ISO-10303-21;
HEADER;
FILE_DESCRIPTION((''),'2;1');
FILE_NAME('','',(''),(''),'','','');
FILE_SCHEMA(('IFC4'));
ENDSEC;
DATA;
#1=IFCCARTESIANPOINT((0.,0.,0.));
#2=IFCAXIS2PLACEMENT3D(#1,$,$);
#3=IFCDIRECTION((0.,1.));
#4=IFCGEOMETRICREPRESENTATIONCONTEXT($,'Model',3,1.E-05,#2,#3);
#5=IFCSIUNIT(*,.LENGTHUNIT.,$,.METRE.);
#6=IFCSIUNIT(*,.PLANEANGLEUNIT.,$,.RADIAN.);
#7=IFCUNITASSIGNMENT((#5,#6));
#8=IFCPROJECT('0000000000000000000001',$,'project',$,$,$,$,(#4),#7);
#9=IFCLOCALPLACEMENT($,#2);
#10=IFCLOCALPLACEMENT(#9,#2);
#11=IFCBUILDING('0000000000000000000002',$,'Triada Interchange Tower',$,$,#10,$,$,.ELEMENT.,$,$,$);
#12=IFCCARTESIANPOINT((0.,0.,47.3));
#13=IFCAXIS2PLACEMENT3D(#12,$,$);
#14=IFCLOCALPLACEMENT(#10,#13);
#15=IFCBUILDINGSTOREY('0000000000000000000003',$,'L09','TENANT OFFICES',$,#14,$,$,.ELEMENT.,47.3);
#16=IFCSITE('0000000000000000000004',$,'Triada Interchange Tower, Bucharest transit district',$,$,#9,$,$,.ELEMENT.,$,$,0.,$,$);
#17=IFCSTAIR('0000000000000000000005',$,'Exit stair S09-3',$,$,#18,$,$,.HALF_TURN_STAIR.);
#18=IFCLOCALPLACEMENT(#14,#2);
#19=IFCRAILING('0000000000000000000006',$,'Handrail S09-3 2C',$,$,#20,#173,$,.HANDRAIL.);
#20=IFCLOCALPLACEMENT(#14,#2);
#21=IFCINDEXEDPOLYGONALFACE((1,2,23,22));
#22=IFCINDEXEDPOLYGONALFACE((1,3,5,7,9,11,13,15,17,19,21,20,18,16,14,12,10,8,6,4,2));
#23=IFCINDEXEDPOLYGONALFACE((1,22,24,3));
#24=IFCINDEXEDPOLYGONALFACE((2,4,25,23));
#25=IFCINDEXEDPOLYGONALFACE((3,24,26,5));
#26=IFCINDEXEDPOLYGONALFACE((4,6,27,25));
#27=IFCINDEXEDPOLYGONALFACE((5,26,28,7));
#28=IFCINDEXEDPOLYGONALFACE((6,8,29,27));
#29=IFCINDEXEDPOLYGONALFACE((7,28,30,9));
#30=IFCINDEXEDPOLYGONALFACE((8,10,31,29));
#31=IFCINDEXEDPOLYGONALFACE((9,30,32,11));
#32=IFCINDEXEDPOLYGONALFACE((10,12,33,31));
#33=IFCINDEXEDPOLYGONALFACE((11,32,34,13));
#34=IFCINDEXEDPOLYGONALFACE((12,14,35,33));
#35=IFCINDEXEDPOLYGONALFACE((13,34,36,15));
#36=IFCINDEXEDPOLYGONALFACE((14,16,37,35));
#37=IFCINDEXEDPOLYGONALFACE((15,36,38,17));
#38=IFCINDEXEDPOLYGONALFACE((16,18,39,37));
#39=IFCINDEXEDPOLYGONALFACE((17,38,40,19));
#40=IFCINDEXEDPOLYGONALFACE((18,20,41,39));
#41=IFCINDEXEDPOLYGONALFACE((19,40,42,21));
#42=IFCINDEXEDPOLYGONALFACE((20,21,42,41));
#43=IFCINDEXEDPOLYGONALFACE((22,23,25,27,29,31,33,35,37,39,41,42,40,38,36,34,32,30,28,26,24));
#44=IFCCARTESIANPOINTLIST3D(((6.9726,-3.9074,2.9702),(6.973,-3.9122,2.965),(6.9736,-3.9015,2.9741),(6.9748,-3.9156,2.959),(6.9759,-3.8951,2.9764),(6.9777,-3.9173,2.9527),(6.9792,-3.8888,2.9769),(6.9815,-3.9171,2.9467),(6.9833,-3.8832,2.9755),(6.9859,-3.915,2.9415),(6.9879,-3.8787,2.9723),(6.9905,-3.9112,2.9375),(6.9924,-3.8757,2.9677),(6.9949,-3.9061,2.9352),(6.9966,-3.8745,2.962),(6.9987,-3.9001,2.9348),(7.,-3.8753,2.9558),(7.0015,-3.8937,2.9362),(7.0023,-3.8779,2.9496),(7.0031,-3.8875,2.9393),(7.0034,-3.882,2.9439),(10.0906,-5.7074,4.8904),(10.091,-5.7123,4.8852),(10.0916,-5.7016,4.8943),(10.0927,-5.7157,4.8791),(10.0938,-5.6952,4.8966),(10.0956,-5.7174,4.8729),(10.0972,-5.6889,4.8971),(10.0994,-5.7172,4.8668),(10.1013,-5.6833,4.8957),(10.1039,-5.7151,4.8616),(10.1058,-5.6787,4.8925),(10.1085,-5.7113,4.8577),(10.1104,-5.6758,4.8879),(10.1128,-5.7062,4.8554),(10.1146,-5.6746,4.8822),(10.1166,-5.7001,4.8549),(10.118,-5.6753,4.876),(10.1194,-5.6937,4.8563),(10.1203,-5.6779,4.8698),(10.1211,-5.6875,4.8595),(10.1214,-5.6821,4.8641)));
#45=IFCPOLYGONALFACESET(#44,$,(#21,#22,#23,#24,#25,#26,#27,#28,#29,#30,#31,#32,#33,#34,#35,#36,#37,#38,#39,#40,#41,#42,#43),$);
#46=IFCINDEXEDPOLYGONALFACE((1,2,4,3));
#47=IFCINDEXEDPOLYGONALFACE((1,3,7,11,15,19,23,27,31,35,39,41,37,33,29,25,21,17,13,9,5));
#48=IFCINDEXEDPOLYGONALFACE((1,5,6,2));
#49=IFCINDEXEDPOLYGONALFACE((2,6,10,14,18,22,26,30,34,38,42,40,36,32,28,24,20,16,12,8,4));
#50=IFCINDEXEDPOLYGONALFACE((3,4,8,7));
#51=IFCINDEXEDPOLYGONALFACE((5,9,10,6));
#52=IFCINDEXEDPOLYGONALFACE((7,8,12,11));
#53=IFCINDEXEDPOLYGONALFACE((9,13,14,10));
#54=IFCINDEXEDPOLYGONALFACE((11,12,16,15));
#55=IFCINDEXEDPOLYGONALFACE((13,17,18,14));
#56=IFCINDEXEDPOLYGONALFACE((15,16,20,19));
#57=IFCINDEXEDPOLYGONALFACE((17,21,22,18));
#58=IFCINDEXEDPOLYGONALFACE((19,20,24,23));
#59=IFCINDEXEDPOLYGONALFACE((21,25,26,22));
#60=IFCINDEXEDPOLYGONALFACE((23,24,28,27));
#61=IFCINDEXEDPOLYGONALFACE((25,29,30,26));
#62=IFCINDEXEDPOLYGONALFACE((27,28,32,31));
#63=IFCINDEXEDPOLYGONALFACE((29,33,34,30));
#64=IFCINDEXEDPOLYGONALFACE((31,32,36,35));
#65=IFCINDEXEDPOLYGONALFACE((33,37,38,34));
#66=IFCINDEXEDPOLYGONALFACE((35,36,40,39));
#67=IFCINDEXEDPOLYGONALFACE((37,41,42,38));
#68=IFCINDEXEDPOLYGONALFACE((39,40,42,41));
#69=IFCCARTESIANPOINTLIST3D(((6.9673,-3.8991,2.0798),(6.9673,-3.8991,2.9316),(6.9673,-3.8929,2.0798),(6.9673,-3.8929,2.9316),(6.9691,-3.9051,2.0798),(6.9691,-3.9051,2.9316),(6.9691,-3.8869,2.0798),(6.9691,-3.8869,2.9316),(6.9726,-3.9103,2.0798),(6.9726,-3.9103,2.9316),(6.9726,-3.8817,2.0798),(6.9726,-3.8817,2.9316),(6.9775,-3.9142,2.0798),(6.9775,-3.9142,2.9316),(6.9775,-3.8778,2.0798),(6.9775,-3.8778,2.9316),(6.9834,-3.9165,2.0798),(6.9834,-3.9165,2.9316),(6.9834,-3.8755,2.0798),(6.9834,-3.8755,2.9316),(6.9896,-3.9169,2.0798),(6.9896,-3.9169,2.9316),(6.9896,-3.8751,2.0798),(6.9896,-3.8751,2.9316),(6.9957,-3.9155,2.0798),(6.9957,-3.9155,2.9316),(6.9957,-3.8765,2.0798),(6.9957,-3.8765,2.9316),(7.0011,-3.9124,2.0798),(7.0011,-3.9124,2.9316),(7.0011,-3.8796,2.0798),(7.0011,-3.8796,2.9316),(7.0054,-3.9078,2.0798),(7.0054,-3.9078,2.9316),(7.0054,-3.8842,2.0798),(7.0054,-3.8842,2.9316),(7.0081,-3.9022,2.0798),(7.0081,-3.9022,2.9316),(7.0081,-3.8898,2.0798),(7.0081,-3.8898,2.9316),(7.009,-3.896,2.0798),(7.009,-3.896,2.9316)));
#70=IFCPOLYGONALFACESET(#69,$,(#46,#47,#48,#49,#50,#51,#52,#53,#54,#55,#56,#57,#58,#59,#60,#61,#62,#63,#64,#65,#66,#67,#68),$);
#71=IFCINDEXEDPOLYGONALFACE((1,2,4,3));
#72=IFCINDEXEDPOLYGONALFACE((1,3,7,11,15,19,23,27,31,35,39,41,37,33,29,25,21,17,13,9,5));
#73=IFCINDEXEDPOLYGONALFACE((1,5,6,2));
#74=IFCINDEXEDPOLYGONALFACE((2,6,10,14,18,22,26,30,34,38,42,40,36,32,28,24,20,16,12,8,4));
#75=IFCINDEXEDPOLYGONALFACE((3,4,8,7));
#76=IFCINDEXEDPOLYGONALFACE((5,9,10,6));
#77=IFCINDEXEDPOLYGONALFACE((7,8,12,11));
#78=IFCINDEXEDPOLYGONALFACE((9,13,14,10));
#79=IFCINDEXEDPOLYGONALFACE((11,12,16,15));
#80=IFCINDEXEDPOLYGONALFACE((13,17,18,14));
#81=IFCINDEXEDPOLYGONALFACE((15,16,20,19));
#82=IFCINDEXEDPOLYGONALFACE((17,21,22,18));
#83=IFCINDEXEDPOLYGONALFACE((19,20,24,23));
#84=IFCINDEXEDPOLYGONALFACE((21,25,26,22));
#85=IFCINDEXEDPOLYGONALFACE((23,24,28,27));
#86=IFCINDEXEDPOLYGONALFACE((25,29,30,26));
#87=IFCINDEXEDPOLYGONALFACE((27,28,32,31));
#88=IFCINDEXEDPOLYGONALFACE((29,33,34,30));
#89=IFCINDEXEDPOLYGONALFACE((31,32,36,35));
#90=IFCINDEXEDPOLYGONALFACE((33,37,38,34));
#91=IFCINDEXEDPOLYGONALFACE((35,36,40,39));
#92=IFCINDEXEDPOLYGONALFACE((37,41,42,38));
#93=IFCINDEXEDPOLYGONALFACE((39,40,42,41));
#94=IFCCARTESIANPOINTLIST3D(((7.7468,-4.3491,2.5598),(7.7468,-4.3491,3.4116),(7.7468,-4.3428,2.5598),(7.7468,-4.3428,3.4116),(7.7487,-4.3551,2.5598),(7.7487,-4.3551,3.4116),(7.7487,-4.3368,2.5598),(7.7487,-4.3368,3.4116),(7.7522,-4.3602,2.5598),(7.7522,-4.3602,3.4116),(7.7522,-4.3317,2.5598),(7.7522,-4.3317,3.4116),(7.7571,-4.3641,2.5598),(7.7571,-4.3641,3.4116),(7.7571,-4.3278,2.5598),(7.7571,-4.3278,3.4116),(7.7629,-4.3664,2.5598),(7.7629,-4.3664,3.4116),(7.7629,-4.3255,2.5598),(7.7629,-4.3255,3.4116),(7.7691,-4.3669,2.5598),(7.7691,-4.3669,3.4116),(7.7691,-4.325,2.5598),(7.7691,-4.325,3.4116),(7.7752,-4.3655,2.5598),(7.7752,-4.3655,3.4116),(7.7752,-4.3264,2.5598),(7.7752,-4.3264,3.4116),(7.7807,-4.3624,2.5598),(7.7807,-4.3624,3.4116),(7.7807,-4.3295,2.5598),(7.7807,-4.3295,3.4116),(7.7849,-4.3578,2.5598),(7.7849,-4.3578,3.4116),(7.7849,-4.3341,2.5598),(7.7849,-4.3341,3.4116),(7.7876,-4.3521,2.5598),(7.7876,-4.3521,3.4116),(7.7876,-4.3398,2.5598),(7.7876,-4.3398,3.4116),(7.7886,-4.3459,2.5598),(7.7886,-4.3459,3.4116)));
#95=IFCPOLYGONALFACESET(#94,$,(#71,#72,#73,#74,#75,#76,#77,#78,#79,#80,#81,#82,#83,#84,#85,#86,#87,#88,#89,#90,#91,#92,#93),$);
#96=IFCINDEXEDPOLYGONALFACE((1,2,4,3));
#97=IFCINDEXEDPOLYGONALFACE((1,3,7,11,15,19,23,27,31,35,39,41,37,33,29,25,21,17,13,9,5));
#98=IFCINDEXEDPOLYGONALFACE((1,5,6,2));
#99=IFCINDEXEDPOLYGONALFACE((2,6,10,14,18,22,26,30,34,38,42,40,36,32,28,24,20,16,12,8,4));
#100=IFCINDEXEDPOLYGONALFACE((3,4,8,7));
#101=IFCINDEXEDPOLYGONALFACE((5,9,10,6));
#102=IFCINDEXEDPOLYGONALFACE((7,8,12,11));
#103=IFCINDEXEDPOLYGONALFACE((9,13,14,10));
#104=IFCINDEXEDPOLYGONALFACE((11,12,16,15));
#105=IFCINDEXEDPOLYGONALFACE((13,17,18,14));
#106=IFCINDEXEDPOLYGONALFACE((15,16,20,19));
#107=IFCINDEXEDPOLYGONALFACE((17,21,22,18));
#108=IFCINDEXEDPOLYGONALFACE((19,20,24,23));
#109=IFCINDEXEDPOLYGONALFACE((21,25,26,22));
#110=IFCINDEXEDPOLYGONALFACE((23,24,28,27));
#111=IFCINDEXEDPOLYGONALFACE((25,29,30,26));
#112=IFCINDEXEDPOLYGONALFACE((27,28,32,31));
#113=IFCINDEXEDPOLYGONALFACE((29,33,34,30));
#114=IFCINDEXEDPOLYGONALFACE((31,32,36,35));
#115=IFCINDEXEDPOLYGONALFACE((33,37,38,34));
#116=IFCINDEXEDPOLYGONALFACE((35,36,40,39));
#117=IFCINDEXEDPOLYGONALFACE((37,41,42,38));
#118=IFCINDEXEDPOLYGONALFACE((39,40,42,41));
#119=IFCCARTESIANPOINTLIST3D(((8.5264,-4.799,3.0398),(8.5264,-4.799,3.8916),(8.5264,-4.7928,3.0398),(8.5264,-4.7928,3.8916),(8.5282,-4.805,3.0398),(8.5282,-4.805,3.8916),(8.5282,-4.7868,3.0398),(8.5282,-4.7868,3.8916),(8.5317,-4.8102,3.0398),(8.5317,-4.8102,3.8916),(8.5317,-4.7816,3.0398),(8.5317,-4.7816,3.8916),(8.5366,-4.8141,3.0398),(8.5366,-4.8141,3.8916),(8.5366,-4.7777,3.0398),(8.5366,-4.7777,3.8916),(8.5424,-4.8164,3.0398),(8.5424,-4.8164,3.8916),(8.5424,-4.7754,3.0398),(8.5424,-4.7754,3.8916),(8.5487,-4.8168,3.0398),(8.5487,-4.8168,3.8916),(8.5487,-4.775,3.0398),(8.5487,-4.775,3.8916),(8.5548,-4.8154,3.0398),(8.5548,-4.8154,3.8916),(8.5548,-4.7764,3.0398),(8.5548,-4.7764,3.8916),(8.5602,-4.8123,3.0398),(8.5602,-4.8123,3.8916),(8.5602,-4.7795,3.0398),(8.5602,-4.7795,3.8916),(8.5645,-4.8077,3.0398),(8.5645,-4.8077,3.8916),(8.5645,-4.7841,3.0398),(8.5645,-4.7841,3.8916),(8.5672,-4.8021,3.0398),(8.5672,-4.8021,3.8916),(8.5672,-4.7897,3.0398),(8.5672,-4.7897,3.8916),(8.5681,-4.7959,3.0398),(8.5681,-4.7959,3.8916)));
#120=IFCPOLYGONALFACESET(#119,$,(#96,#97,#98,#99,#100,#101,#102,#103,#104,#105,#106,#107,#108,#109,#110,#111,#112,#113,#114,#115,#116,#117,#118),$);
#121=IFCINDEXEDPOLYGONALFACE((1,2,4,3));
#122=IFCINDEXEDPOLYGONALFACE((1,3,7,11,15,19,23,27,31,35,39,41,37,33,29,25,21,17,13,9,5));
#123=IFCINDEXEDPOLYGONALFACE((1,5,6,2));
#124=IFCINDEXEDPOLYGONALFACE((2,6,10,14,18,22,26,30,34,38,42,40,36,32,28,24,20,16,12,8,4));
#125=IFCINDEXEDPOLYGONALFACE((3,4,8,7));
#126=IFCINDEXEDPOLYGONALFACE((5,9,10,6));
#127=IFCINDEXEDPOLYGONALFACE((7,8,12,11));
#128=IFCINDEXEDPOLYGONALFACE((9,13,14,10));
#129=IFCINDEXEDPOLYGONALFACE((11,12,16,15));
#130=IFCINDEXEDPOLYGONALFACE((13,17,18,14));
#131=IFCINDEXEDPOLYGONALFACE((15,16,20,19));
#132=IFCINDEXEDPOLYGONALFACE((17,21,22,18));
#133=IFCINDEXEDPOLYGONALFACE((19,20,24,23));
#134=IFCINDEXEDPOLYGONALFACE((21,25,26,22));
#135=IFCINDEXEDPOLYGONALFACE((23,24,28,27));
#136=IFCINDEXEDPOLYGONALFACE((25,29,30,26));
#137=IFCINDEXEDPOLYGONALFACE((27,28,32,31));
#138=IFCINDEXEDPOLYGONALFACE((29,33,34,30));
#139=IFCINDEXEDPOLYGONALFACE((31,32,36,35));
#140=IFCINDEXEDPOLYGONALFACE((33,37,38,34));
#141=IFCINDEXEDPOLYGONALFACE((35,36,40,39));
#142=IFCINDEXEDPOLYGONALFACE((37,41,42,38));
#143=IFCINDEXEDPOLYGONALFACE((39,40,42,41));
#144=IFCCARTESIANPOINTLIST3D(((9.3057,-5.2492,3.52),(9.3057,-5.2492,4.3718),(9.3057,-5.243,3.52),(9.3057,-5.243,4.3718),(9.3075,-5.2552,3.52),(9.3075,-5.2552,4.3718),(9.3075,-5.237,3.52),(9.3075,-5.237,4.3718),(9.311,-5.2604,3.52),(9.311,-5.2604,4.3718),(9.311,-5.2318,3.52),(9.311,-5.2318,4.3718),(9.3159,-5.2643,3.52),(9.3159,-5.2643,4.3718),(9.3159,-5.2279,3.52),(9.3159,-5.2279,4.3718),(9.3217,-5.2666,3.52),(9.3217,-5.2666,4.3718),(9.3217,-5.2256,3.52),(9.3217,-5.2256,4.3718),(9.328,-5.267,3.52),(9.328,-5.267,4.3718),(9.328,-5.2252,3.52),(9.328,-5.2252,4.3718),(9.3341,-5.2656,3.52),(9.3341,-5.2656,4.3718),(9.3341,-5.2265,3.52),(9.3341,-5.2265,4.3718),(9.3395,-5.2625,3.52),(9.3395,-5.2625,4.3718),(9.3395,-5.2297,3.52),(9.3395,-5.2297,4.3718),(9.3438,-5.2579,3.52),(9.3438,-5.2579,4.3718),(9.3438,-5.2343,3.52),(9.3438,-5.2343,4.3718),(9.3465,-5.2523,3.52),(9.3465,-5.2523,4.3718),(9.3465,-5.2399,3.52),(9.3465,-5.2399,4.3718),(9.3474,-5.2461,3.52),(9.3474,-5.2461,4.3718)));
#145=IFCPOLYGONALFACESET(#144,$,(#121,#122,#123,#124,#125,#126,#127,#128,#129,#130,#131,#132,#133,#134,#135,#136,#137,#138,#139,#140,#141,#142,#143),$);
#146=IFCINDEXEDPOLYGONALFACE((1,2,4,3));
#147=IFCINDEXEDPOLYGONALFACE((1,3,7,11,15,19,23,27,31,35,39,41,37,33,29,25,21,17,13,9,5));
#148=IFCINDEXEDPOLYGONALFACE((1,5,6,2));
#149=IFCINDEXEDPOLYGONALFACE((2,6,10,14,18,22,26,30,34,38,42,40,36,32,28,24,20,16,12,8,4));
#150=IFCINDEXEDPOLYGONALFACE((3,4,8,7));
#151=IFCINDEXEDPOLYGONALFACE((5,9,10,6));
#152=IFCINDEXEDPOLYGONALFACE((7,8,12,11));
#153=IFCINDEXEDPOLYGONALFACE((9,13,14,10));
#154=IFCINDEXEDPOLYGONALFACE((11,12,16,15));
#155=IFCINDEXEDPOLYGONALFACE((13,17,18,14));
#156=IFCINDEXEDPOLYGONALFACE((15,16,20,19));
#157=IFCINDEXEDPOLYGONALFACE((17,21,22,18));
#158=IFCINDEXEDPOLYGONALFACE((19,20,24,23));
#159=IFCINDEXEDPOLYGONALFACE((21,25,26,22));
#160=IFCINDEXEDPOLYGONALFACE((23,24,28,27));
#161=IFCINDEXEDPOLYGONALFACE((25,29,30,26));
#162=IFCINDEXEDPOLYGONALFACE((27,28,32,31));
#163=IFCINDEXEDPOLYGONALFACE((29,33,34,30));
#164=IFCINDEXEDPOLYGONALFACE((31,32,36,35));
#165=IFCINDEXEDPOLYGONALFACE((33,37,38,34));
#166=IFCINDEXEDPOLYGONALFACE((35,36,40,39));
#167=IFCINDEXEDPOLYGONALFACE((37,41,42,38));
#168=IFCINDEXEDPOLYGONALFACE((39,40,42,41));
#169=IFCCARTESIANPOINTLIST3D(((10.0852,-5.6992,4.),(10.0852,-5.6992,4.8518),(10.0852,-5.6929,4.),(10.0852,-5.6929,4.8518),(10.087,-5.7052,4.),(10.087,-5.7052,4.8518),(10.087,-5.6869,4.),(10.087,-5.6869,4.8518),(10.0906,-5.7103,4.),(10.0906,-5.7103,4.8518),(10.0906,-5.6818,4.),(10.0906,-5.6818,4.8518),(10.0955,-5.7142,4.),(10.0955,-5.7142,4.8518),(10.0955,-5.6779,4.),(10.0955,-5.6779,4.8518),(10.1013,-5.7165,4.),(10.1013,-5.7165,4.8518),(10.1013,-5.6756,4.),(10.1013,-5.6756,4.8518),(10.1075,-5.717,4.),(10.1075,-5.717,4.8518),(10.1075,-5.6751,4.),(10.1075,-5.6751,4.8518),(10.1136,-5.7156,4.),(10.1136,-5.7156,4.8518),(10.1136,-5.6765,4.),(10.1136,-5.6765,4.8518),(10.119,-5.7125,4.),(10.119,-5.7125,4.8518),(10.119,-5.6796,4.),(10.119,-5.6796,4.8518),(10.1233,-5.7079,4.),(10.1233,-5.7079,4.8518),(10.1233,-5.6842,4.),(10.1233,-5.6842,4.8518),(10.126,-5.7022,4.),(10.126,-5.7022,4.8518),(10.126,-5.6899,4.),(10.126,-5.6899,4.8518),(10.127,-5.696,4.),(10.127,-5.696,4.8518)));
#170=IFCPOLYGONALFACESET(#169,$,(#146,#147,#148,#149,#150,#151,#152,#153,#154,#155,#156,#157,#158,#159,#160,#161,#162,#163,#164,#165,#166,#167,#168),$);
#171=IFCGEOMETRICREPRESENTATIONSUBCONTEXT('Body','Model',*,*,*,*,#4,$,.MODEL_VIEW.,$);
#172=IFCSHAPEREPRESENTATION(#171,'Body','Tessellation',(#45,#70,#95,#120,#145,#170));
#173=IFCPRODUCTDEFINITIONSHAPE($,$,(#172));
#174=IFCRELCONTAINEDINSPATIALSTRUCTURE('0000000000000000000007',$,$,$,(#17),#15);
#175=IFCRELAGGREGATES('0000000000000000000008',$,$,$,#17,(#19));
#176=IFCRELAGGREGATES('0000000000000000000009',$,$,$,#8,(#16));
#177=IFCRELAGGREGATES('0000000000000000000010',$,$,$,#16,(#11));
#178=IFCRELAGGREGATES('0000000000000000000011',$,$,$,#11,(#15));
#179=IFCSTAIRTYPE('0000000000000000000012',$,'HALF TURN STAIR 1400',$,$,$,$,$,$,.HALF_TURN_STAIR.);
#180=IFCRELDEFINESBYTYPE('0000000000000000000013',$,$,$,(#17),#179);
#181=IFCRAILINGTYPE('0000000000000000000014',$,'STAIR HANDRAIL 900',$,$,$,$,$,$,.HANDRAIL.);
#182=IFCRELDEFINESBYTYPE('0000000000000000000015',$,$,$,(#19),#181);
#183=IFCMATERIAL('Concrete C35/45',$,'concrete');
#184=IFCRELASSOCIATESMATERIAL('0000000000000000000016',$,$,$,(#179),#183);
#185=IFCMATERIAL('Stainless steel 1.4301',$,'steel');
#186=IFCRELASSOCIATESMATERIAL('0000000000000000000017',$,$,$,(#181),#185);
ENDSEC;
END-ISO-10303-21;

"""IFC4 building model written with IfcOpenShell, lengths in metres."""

from ifc_helpers import new_model, si_unit, direction, frame, origin, origin_2d, place, context, subcontext, project, spatial, circle, extrude, material, type_object, element, aggregate, save


model = new_model("IFC4")

# Units and contexts
model_context = context("Model", 3, precision=1e-05, world=origin(), true_north=direction((0.0, 1.0)))
body_context = subcontext(model_context, "Body", "Model", "MODEL_VIEW")
ifc_project = project(units=[si_unit("LENGTHUNIT", "METRE"), si_unit("PLANEANGLEUNIT", "RADIAN")], contexts=[model_context])

# Site, building, storey
site_placement = place(None, origin())
site = spatial("IfcSite", under=ifc_project, at=site_placement, Name="Triada Interchange Tower, Bucharest transit district", CompositionType="ELEMENT", RefElevation=0.0)
building_placement = place(site_placement, origin())
building = spatial("IfcBuilding", under=site, at=building_placement, Name="Triada Interchange Tower", CompositionType="ELEMENT")
storey_placement = place(building_placement, frame((0.0, 0.0, 47.3)))
storey = spatial("IfcBuildingStorey", under=building, at=storey_placement, Name="L09", Description="TENANT OFFICES", CompositionType="ELEMENT", Elevation=47.3)

# Stair, railing
ifc_material_1 = material(Name="Concrete C35/45", Category="concrete")
stair_type = type_object("IfcStairType", Name="HALF TURN STAIR 1400", PredefinedType="HALF_TURN_STAIR", material=ifc_material_1)
stair_placement = place(storey_placement, origin())
stair = element("IfcStair", 1, at=stair_placement, inside=storey, type_object=stair_type, Name="Exit stair S09-3", PredefinedType="HALF_TURN_STAIR")
ifc_material_2 = material(Name="Stainless steel 1.4301", Category="steel")
railing_type = type_object("IfcRailingType", Name="STAIR HANDRAIL 900", PredefinedType="HANDRAIL", material=ifc_material_2)
railing_1_placement = place(storey_placement, frame((6.988, -3.896, 2.0798)))
railing_1 = element("IfcRailing", 2, at=railing_1_placement, type_object=railing_type, Name="Handrail S09-3 2C", PredefinedType="HANDRAIL", context=body_context, shape_type="SweptSolid", body=[
    extrude(circle(Radius=0.0239, at=origin_2d()), frame((0.0, 0.0, 0.876), z_axis=(0.764145, -0.441159, 0.470597), x_axis=(0.499983, 0.866035, 0.0)), (0.0, 0.0, 1.0), 4.0803),
    extrude(circle(Radius=0.021, at=origin_2d()), origin(), (0.0, 0.0, 1.0), 0.8518),
    extrude(circle(Radius=0.021, at=origin_2d()), frame((0.7795, -0.45, 0.48)), (0.0, 0.0, 1.0), 0.8518),
    extrude(circle(Radius=0.021, at=origin_2d()), frame((1.5591, -0.8999, 0.96)), (0.0, 0.0, 1.0), 0.8518),
    extrude(circle(Radius=0.021, at=origin_2d()), frame((2.3384, -1.3501, 1.4402)), (0.0, 0.0, 1.0), 0.8518),
    extrude(circle(Radius=0.021, at=origin_2d()), frame((3.1179, -1.8, 1.9202)), (0.0, 0.0, 1.0), 0.8518),
])
aggregate(stair, [railing_1])

save(model, "model.ifc")
